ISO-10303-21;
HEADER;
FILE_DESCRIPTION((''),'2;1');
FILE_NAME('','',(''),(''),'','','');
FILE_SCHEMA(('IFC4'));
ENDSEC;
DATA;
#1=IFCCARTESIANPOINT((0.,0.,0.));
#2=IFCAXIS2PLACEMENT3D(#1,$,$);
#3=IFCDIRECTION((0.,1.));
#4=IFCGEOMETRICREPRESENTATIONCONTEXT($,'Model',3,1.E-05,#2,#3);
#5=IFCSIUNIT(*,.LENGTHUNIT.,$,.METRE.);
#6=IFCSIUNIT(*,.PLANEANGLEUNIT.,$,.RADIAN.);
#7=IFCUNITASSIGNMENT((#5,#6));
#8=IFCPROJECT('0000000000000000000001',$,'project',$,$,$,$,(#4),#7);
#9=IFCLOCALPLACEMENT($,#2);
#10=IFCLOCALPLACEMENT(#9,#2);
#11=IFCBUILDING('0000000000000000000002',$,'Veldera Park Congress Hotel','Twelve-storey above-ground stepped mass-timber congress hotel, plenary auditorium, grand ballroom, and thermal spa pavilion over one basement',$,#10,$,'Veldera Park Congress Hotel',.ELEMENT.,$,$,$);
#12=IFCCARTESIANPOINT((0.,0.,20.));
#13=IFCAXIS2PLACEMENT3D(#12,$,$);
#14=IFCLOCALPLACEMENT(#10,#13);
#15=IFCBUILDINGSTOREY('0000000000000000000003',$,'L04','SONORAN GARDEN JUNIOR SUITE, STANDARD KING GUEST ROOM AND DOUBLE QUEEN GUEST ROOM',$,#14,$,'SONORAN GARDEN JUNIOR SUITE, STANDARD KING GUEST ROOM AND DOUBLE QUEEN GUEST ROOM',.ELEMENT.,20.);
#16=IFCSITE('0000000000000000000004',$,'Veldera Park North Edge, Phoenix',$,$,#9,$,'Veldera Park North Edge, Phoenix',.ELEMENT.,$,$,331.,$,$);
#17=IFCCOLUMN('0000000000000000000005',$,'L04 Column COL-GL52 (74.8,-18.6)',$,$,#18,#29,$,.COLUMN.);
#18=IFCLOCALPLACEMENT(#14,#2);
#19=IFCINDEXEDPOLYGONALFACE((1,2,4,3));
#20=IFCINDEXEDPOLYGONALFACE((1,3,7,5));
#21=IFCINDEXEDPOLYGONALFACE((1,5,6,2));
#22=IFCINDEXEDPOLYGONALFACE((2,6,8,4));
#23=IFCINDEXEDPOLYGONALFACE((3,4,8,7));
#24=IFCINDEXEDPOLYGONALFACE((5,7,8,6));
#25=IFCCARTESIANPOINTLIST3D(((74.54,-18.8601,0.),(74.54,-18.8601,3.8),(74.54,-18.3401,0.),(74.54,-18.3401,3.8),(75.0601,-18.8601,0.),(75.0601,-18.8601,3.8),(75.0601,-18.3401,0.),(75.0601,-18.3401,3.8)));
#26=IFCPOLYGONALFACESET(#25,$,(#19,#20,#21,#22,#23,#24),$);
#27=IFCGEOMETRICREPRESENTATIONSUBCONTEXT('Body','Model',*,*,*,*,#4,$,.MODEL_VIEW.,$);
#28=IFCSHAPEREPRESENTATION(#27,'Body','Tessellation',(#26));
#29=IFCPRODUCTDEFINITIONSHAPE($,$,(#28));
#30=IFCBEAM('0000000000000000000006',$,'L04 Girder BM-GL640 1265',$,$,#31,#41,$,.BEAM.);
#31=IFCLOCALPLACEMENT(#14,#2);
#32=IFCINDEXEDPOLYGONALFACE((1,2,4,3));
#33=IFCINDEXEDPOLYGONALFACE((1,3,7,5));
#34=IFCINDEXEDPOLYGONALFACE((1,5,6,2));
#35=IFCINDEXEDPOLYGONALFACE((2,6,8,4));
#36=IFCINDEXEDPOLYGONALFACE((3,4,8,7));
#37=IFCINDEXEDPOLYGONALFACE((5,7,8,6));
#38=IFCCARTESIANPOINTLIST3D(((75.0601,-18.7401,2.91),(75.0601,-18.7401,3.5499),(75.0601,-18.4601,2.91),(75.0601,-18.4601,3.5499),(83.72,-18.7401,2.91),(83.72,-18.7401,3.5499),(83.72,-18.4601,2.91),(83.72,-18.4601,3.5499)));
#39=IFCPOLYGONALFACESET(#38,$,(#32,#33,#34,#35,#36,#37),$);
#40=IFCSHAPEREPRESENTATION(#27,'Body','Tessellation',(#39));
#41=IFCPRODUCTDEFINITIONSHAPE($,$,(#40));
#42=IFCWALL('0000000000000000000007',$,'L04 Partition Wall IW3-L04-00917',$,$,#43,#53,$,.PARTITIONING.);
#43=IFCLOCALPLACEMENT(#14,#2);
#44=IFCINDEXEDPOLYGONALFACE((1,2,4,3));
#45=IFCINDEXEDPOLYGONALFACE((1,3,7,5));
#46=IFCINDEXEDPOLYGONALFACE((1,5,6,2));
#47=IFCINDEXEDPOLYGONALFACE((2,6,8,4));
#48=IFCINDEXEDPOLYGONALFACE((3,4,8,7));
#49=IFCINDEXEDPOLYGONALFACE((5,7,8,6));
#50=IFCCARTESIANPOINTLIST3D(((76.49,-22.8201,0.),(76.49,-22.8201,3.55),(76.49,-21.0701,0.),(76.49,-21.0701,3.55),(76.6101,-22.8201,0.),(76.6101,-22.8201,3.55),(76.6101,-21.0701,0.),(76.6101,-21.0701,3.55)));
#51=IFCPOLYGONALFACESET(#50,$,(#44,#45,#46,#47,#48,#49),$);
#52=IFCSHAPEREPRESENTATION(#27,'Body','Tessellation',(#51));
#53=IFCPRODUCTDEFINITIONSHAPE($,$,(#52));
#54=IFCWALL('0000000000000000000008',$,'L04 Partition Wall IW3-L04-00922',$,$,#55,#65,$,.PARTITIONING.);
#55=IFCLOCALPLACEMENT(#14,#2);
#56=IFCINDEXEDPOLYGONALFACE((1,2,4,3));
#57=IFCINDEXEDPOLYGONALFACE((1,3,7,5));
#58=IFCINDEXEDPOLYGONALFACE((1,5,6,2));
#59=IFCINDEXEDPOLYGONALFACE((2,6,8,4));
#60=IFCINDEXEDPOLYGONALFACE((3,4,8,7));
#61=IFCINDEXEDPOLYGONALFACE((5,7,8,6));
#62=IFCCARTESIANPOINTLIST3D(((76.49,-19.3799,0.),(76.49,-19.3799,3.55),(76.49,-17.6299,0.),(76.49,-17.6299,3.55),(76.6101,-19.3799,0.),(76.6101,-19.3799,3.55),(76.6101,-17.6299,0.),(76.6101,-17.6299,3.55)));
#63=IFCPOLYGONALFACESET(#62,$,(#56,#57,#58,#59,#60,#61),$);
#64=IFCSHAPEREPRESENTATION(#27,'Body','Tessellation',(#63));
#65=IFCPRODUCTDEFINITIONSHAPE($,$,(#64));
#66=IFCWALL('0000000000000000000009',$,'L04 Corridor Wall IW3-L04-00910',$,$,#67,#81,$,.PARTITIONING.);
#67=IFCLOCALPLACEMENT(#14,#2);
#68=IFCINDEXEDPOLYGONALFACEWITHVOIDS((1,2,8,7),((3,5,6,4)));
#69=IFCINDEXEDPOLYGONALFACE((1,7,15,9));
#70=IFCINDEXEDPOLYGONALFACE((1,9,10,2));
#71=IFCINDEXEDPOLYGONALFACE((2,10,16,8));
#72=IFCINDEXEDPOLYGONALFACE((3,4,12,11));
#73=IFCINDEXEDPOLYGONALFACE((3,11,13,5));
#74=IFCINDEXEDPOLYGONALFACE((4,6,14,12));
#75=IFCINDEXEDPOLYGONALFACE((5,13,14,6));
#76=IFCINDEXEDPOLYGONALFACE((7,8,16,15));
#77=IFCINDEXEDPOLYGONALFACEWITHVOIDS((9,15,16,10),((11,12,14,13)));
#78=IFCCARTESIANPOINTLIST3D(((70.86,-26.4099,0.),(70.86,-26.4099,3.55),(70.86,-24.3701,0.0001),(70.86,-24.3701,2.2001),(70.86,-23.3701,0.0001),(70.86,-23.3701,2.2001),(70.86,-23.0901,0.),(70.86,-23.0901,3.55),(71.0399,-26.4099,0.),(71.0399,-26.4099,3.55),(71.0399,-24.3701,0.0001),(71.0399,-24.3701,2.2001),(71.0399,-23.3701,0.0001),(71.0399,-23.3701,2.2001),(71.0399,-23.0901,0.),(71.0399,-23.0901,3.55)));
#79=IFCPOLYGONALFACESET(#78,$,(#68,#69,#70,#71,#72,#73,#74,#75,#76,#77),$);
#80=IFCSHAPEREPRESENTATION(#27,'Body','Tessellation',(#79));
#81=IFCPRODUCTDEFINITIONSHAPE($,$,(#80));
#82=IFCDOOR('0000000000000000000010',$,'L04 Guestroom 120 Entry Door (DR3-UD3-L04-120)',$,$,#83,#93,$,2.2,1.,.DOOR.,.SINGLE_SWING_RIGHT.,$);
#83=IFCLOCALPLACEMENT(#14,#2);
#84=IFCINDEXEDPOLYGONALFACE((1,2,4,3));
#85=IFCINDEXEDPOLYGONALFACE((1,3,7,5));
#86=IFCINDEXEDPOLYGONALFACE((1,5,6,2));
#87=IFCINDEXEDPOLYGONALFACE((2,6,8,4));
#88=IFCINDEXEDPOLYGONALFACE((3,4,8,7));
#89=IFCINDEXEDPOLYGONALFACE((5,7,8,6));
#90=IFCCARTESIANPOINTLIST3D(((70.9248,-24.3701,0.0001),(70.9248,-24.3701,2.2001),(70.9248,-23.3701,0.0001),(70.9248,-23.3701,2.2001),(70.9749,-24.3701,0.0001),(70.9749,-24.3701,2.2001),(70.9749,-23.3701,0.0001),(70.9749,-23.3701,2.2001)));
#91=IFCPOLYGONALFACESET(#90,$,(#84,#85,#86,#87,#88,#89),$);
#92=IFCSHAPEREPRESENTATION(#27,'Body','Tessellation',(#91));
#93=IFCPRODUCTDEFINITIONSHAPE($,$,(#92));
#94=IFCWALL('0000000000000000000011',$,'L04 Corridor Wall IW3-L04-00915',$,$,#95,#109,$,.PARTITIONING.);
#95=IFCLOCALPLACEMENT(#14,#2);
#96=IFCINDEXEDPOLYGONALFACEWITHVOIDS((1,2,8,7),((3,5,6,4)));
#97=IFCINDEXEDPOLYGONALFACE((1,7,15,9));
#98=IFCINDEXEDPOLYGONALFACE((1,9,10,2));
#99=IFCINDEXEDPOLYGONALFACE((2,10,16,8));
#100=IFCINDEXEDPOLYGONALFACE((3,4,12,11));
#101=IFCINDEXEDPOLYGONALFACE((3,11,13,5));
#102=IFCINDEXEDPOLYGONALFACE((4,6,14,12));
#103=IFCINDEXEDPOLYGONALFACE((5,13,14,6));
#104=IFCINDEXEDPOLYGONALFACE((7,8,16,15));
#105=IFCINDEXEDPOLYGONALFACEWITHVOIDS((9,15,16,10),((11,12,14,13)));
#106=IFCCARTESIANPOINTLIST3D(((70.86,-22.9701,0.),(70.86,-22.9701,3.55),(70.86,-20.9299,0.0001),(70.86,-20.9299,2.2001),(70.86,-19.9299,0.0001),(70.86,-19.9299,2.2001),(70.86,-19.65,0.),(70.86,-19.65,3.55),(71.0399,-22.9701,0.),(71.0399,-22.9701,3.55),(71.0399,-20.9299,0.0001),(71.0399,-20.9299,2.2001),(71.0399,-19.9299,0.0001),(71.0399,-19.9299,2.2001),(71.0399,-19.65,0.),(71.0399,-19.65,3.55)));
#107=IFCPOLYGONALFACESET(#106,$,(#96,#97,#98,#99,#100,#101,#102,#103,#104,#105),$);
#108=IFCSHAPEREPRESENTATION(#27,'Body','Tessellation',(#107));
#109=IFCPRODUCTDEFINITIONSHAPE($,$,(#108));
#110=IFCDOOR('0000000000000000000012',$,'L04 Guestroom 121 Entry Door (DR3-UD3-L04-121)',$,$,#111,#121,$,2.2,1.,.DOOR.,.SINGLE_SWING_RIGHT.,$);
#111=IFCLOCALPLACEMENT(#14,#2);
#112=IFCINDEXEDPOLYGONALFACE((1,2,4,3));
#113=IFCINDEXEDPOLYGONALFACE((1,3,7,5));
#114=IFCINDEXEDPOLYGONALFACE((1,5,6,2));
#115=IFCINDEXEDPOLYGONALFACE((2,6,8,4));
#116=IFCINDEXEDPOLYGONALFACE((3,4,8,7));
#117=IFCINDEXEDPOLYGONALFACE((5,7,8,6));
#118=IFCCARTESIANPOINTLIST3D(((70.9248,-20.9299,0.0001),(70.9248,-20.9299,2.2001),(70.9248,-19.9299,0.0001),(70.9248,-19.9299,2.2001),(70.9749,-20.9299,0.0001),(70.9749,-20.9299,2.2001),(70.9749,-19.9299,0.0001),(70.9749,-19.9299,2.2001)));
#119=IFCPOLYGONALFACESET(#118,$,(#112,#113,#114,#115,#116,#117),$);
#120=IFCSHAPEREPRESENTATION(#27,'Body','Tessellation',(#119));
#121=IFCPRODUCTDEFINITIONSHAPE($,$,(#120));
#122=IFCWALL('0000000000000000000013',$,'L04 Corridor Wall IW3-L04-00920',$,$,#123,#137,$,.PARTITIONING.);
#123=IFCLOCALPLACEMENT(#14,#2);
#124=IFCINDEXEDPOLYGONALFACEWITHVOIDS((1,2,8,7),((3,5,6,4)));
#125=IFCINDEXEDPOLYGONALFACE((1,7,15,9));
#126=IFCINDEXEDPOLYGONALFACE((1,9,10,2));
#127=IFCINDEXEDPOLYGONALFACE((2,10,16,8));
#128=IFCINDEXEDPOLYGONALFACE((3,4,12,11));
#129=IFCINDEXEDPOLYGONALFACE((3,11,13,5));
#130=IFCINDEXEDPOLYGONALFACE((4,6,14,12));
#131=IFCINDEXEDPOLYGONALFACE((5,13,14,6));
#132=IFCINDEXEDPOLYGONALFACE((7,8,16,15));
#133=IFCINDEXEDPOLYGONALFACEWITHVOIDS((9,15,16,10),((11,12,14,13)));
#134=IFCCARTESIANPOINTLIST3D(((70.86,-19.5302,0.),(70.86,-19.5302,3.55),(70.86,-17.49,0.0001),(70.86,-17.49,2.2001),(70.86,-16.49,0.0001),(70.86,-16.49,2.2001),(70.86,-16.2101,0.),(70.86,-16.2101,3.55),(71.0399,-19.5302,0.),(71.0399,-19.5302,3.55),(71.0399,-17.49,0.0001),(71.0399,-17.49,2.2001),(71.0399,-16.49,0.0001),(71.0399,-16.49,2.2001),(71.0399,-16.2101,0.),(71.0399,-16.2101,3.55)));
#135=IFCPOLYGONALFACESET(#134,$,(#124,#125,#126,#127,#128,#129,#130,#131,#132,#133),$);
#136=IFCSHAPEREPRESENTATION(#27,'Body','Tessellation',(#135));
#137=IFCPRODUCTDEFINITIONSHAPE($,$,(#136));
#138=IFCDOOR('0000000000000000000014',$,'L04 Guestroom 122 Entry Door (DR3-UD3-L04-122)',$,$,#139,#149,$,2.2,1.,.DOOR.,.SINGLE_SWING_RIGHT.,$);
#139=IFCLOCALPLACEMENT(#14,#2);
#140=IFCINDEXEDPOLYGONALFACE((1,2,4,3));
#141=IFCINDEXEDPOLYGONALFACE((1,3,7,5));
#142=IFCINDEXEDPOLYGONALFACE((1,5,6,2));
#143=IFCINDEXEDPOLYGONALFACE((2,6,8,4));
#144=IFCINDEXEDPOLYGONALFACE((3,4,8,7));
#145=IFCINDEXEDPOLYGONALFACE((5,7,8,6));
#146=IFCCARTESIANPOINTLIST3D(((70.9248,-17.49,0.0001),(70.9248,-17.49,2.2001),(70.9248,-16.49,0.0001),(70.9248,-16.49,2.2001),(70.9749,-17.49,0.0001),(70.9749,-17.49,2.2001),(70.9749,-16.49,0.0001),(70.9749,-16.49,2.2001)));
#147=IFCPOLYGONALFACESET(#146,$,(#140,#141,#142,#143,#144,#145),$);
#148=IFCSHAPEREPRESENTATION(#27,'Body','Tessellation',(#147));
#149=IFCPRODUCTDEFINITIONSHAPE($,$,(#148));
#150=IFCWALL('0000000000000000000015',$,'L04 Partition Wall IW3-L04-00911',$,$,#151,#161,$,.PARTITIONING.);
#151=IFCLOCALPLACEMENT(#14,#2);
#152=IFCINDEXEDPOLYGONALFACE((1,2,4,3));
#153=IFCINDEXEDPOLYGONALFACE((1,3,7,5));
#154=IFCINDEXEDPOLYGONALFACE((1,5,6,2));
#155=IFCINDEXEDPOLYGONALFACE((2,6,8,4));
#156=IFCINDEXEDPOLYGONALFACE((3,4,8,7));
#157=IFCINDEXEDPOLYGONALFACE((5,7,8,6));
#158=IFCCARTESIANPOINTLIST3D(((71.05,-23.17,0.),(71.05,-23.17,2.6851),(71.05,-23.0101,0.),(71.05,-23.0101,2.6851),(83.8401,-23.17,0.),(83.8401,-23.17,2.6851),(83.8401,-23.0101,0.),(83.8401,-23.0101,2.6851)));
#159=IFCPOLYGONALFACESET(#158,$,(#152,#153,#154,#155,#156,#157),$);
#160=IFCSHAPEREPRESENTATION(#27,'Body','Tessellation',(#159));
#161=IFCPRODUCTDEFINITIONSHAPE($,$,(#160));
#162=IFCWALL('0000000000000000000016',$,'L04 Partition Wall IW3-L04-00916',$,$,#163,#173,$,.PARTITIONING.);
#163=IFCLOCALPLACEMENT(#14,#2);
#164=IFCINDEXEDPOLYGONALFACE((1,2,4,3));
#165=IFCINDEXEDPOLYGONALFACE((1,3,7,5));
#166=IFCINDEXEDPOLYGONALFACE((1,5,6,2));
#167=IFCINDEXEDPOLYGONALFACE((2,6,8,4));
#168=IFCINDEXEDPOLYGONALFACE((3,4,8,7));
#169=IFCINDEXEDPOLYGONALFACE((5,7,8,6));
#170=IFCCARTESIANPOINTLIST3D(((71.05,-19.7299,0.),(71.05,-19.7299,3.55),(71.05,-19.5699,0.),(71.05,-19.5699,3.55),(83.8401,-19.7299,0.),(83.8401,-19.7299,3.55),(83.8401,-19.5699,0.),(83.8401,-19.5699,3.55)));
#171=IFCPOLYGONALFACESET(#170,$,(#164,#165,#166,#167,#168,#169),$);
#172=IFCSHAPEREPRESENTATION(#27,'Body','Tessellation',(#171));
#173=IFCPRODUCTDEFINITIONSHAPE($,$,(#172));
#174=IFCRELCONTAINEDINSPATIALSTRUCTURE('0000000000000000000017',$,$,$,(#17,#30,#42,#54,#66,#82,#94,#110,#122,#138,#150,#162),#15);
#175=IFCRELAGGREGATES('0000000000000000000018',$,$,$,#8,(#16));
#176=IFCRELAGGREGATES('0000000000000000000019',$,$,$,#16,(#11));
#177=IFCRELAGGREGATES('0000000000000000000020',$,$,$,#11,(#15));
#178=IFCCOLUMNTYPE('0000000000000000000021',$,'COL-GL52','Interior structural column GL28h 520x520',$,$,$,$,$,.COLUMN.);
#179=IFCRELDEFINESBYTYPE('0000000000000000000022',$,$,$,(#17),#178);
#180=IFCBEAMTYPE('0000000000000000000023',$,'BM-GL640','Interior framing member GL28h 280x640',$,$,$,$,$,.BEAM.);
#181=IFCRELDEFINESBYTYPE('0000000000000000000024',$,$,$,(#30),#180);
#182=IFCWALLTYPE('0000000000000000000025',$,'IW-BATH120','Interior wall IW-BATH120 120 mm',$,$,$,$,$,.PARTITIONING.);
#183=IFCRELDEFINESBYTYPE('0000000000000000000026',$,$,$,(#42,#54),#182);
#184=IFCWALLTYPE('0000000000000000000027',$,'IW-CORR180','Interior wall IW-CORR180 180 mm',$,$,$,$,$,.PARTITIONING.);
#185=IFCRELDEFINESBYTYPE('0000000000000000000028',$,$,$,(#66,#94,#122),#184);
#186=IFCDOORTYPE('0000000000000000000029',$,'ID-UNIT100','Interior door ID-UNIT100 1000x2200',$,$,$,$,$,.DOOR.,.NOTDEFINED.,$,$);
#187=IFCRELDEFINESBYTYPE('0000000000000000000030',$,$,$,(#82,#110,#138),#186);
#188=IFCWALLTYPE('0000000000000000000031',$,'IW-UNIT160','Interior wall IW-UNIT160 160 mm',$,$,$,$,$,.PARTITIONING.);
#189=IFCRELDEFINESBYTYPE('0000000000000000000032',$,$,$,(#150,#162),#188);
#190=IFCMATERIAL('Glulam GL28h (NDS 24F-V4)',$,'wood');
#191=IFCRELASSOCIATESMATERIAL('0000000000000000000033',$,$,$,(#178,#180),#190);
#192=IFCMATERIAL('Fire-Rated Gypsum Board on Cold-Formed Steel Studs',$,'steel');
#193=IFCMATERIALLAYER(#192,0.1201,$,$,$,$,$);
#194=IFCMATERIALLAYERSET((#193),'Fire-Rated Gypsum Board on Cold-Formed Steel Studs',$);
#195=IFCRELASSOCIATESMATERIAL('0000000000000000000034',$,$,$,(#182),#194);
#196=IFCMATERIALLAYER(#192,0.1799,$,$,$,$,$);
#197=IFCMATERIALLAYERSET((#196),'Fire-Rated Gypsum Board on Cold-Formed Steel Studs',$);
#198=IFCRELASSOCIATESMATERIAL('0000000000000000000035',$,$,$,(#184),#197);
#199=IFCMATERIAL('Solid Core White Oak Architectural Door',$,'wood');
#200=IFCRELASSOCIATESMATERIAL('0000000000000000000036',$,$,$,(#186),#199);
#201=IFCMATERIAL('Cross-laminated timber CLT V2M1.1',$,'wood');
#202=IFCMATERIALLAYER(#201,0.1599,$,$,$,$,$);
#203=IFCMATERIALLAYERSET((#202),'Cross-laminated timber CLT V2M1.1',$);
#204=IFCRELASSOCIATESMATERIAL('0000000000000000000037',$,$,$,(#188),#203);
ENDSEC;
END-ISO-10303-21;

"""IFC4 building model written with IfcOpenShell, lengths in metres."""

from ifc_helpers import new_model, si_unit, direction, frame, frame_2d, origin, origin_2d, place, context, subcontext, project, spatial, rectangle, extrude, material, layer, layer_set, material_profile, profile_set, type_object, element, fill, save


model = new_model("IFC4")

# Units and contexts
model_context = context("Model", 3, precision=1e-05, world=origin(), true_north=direction((0.0, 1.0)))
body_context = subcontext(model_context, "Body", "Model", "MODEL_VIEW")
ifc_project = project(units=[si_unit("LENGTHUNIT", "METRE"), si_unit("PLANEANGLEUNIT", "RADIAN")], contexts=[model_context])

# Site, building, storey
site_placement = place(None, origin())
site = spatial("IfcSite", under=ifc_project, at=site_placement, Name="Veldera Park North Edge, Phoenix", LongName="Veldera Park North Edge, Phoenix", CompositionType="ELEMENT", RefElevation=331.0)
building_placement = place(site_placement, origin())
building = spatial("IfcBuilding", under=site, at=building_placement, Name="Veldera Park Congress Hotel", Description="Twelve-storey above-ground stepped mass-timber congress hotel, plenary auditorium, grand ballroom, and thermal spa pavilion over one basement", LongName="Veldera Park Congress Hotel", CompositionType="ELEMENT")
storey_placement = place(building_placement, frame((0.0, 0.0, 20.0)))
storey = spatial("IfcBuildingStorey", under=building, at=storey_placement, Name="L04", Description="SONORAN GARDEN JUNIOR SUITE, STANDARD KING GUEST ROOM AND DOUBLE QUEEN GUEST ROOM", LongName="SONORAN GARDEN JUNIOR SUITE, STANDARD KING GUEST ROOM AND DOUBLE QUEEN GUEST ROOM", CompositionType="ELEMENT", Elevation=20.0)

# Column
ifc_material_1 = material(Name="Glulam GL28h (NDS 24F-V4)", Category="wood")
ifc_material_profile_1 = material_profile(ifc_material_1, rectangle(XDim=0.52, YDim=0.52, at=origin_2d()), Name="GL28h 520x520")
ifc_profile_set_1 = profile_set([ifc_material_profile_1], Name="Glulam GL28h (NDS 24F-V4)")
column_type = type_object("IfcColumnType", Name="COL-GL52", Description="Interior structural column GL28h 520x520", PredefinedType="COLUMN", material=ifc_profile_set_1)
column_placement = place(storey_placement, frame((74.8, -18.6001, 0.0), z_axis=(0.0, 0.0, 1.0), x_axis=(1.0, 0.0, 0.0)))
element("IfcColumn", 1, at=column_placement, inside=storey, type_object=column_type, Name="L04 Column COL-GL52 (74.8,-18.6)", PredefinedType="COLUMN", context=body_context, shape_type="SweptSolid", body=[
    extrude(rectangle(XDim=0.52, YDim=0.52, at=origin_2d()), origin(), (0.0, 0.0, 1.0), 3.8),
])

# Beam
ifc_material_profile_2 = material_profile(ifc_material_1, rectangle(XDim=0.28, YDim=0.6399, at=origin_2d()), Name="GL28h 280x640")
ifc_profile_set_2 = profile_set([ifc_material_profile_2], Name="Glulam GL28h (NDS 24F-V4)")
beam_type = type_object("IfcBeamType", Name="BM-GL640", Description="Interior framing member GL28h 280x640", PredefinedType="BEAM", material=ifc_profile_set_2)
beam_placement = place(storey_placement, frame((75.0601, -18.6001, 3.23), z_axis=(1.0, 0.0, 0.0), x_axis=(0.0, 1.0, 0.0)))
element("IfcBeam", 2, at=beam_placement, inside=storey, type_object=beam_type, Name="L04 Girder BM-GL640 1265", PredefinedType="BEAM", context=body_context, shape_type="SweptSolid", body=[
    extrude(rectangle(XDim=0.28, YDim=0.6399, at=origin_2d()), origin(), (0.0, 0.0, 1.0), 8.6599),
])

# Wall
ifc_material_2 = material(Name="Fire-Rated Gypsum Board on Cold-Formed Steel Studs", Category="steel")
ifc_layer_1 = layer(ifc_material_2, 0.1201)
ifc_layer_set_1 = layer_set([ifc_layer_1], Name="Fire-Rated Gypsum Board on Cold-Formed Steel Studs")
wall_type_1 = type_object("IfcWallType", Name="IW-BATH120", Description="Interior wall IW-BATH120 120 mm", PredefinedType="PARTITIONING", material=ifc_layer_set_1)
wall_1_placement = place(storey_placement, frame((76.55, -22.8201, 0.0), z_axis=(0.0, 0.0, 1.0), x_axis=(0.0, 1.0, 0.0)))
element("IfcWall", 3, at=wall_1_placement, inside=storey, type_object=wall_type_1, Name="L04 Partition Wall IW3-L04-00917", PredefinedType="PARTITIONING", context=body_context, shape_type="SweptSolid", body=[
    extrude(rectangle(XDim=1.75, YDim=0.1201, at=frame_2d((0.875, 0.0))), origin(), (0.0, 0.0, 1.0), 3.55),
])

# Shared definitions
ifc_material_3 = material(Name="Solid Core White Oak Architectural Door", Category="wood")

# Wall
wall_2_placement = place(storey_placement, frame((76.55, -19.3799, 0.0), z_axis=(0.0, 0.0, 1.0), x_axis=(0.0, 1.0, 0.0)))
element("IfcWall", 4, at=wall_2_placement, inside=storey, type_object=wall_type_1, Name="L04 Partition Wall IW3-L04-00922", PredefinedType="PARTITIONING", context=body_context, shape_type="SweptSolid", body=[
    extrude(rectangle(XDim=1.75, YDim=0.1201, at=frame_2d((0.875, 0.0))), origin(), (0.0, 0.0, 1.0), 3.55),
])

# Walls, openings, doors
ifc_layer_2 = layer(ifc_material_2, 0.1799)
ifc_layer_set_2 = layer_set([ifc_layer_2], Name="Fire-Rated Gypsum Board on Cold-Formed Steel Studs")
wall_type_2 = type_object("IfcWallType", Name="IW-CORR180", Description="Interior wall IW-CORR180 180 mm", PredefinedType="PARTITIONING", material=ifc_layer_set_2)
wall_3_placement = place(storey_placement, frame((70.95, -23.0901, 0.0), z_axis=(0.0, 0.0, 1.0), x_axis=(0.0, -1.0, 0.0)))
wall_3 = element("IfcWall", 5, at=wall_3_placement, inside=storey, type_object=wall_type_2, Name="L04 Corridor Wall IW3-L04-00910", PredefinedType="PARTITIONING", context=body_context, shape_type="SweptSolid", body=[
    extrude(rectangle(XDim=3.3198, YDim=0.1799, at=frame_2d((1.6599, 0.0))), origin(), (0.0, 0.0, 1.0), 3.55),
])
opening_1_placement = place(wall_3_placement, frame((0.28, 0.0, 0.0)))
opening_1 = element("IfcOpeningElement", 6, at=opening_1_placement, cuts=wall_3, PredefinedType="OPENING", context=body_context, shape_type="SweptSolid", body=[
    extrude(rectangle(XDim=1.0, YDim=2.2, at=frame_2d((0.5, 1.1001))), frame((0.0, 0.1021, 0.0), z_axis=(0.0, -1.0, 0.0), x_axis=(1.0, 0.0, 0.0)), (0.0, 0.0, 1.0), 0.2039),
])
door_type_1 = type_object("IfcDoorType", Name="ID-UNIT100", Description="Interior door ID-UNIT100 1000x2200", OperationType="NOTDEFINED", PredefinedType="DOOR", material=ifc_material_3)
door_1_placement = place(opening_1_placement, origin())
door_1 = element("IfcDoor", 7, at=door_1_placement, inside=storey, type_object=door_type_1, Name="L04 Guestroom 120 Entry Door (DR3-UD3-L04-120)", OperationType="SINGLE_SWING_RIGHT", OverallHeight=2.2, OverallWidth=1.0, PredefinedType="DOOR", context=body_context, shape_type="SweptSolid", body=[
    extrude(rectangle(XDim=1.0, YDim=2.2, at=frame_2d((0.5, 1.1001))), frame((0.0, 0.0249, 0.0), z_axis=(0.0, -1.0, 0.0), x_axis=(1.0, 0.0, 0.0)), (0.0, 0.0, 1.0), 0.05),
])
fill(opening_1, door_1)
wall_4_placement = place(storey_placement, frame((70.95, -19.6499, 0.0), z_axis=(0.0, 0.0, 1.0), x_axis=(0.0, -1.0, 0.0)))
wall_4 = element("IfcWall", 8, at=wall_4_placement, inside=storey, type_object=wall_type_2, Name="L04 Corridor Wall IW3-L04-00915", PredefinedType="PARTITIONING", context=body_context, shape_type="SweptSolid", body=[
    extrude(rectangle(XDim=3.3201, YDim=0.1799, at=frame_2d((1.6602, 0.0))), origin(), (0.0, 0.0, 1.0), 3.55),
])
opening_2_placement = place(wall_4_placement, frame((0.28, 0.0, 0.0)))
opening_2 = element("IfcOpeningElement", 9, at=opening_2_placement, cuts=wall_4, PredefinedType="OPENING", context=body_context, shape_type="SweptSolid", body=[
    extrude(rectangle(XDim=1.0, YDim=2.2, at=frame_2d((0.5, 1.1001))), frame((0.0, 0.1021, 0.0), z_axis=(0.0, -1.0, 0.0), x_axis=(1.0, 0.0, 0.0)), (0.0, 0.0, 1.0), 0.2039),
])
door_2_placement = place(opening_2_placement, origin())
door_2 = element("IfcDoor", 10, at=door_2_placement, inside=storey, type_object=door_type_1, Name="L04 Guestroom 121 Entry Door (DR3-UD3-L04-121)", OperationType="SINGLE_SWING_RIGHT", OverallHeight=2.2, OverallWidth=1.0, PredefinedType="DOOR", context=body_context, shape_type="SweptSolid", body=[
    extrude(rectangle(XDim=1.0, YDim=2.2, at=frame_2d((0.5, 1.1001))), frame((0.0, 0.0249, 0.0), z_axis=(0.0, -1.0, 0.0), x_axis=(1.0, 0.0, 0.0)), (0.0, 0.0, 1.0), 0.05),
])
fill(opening_2, door_2)
wall_5_placement = place(storey_placement, frame((70.95, -16.21, 0.0), z_axis=(0.0, 0.0, 1.0), x_axis=(0.0, -1.0, 0.0)))
wall_5 = element("IfcWall", 11, at=wall_5_placement, inside=storey, type_object=wall_type_2, Name="L04 Corridor Wall IW3-L04-00920", PredefinedType="PARTITIONING", context=body_context, shape_type="SweptSolid", body=[
    extrude(rectangle(XDim=3.3201, YDim=0.1799, at=frame_2d((1.6602, 0.0))), origin(), (0.0, 0.0, 1.0), 3.55),
])
opening_3_placement = place(wall_5_placement, frame((0.28, 0.0, 0.0)))
opening_3 = element("IfcOpeningElement", 12, at=opening_3_placement, cuts=wall_5, PredefinedType="OPENING", context=body_context, shape_type="SweptSolid", body=[
    extrude(rectangle(XDim=1.0, YDim=2.2, at=frame_2d((0.5, 1.1001))), frame((0.0, 0.1021, 0.0), z_axis=(0.0, -1.0, 0.0), x_axis=(1.0, 0.0, 0.0)), (0.0, 0.0, 1.0), 0.2039),
])
door_3_placement = place(opening_3_placement, origin())
door_3 = element("IfcDoor", 13, at=door_3_placement, inside=storey, type_object=door_type_1, Name="L04 Guestroom 122 Entry Door (DR3-UD3-L04-122)", OperationType="SINGLE_SWING_RIGHT", OverallHeight=2.2, OverallWidth=1.0, PredefinedType="DOOR", context=body_context, shape_type="SweptSolid", body=[
    extrude(rectangle(XDim=1.0, YDim=2.2, at=frame_2d((0.5, 1.1001))), frame((0.0, 0.0249, 0.0), z_axis=(0.0, -1.0, 0.0), x_axis=(1.0, 0.0, 0.0)), (0.0, 0.0, 1.0), 0.05),
])
fill(opening_3, door_3)

# Walls
ifc_material_4 = material(Name="Cross-laminated timber CLT V2M1.1", Category="wood")
ifc_layer_3 = layer(ifc_material_4, 0.1599)
ifc_layer_set_3 = layer_set([ifc_layer_3], Name="Cross-laminated timber CLT V2M1.1")
wall_type_3 = type_object("IfcWallType", Name="IW-UNIT160", Description="Interior wall IW-UNIT160 160 mm", PredefinedType="PARTITIONING", material=ifc_layer_set_3)
wall_6_placement = place(storey_placement, frame((71.05, -23.0901, 0.0), z_axis=(0.0, 0.0, 1.0), x_axis=(1.0, 0.0, 0.0)))
element("IfcWall", 14, at=wall_6_placement, inside=storey, type_object=wall_type_3, Name="L04 Partition Wall IW3-L04-00911", PredefinedType="PARTITIONING", context=body_context, shape_type="SweptSolid", body=[
    extrude(rectangle(XDim=12.79, YDim=0.1599, at=frame_2d((6.395, 0.0))), origin(), (0.0, 0.0, 1.0), 2.6851),
])
wall_7_placement = place(storey_placement, frame((71.05, -19.6499, 0.0), z_axis=(0.0, 0.0, 1.0), x_axis=(1.0, 0.0, 0.0)))
element("IfcWall", 15, at=wall_7_placement, inside=storey, type_object=wall_type_3, Name="L04 Partition Wall IW3-L04-00916", PredefinedType="PARTITIONING", context=body_context, shape_type="SweptSolid", body=[
    extrude(rectangle(XDim=12.79, YDim=0.1599, at=frame_2d((6.395, 0.0))), origin(), (0.0, 0.0, 1.0), 3.55),
])

save(model, "model.ifc")
